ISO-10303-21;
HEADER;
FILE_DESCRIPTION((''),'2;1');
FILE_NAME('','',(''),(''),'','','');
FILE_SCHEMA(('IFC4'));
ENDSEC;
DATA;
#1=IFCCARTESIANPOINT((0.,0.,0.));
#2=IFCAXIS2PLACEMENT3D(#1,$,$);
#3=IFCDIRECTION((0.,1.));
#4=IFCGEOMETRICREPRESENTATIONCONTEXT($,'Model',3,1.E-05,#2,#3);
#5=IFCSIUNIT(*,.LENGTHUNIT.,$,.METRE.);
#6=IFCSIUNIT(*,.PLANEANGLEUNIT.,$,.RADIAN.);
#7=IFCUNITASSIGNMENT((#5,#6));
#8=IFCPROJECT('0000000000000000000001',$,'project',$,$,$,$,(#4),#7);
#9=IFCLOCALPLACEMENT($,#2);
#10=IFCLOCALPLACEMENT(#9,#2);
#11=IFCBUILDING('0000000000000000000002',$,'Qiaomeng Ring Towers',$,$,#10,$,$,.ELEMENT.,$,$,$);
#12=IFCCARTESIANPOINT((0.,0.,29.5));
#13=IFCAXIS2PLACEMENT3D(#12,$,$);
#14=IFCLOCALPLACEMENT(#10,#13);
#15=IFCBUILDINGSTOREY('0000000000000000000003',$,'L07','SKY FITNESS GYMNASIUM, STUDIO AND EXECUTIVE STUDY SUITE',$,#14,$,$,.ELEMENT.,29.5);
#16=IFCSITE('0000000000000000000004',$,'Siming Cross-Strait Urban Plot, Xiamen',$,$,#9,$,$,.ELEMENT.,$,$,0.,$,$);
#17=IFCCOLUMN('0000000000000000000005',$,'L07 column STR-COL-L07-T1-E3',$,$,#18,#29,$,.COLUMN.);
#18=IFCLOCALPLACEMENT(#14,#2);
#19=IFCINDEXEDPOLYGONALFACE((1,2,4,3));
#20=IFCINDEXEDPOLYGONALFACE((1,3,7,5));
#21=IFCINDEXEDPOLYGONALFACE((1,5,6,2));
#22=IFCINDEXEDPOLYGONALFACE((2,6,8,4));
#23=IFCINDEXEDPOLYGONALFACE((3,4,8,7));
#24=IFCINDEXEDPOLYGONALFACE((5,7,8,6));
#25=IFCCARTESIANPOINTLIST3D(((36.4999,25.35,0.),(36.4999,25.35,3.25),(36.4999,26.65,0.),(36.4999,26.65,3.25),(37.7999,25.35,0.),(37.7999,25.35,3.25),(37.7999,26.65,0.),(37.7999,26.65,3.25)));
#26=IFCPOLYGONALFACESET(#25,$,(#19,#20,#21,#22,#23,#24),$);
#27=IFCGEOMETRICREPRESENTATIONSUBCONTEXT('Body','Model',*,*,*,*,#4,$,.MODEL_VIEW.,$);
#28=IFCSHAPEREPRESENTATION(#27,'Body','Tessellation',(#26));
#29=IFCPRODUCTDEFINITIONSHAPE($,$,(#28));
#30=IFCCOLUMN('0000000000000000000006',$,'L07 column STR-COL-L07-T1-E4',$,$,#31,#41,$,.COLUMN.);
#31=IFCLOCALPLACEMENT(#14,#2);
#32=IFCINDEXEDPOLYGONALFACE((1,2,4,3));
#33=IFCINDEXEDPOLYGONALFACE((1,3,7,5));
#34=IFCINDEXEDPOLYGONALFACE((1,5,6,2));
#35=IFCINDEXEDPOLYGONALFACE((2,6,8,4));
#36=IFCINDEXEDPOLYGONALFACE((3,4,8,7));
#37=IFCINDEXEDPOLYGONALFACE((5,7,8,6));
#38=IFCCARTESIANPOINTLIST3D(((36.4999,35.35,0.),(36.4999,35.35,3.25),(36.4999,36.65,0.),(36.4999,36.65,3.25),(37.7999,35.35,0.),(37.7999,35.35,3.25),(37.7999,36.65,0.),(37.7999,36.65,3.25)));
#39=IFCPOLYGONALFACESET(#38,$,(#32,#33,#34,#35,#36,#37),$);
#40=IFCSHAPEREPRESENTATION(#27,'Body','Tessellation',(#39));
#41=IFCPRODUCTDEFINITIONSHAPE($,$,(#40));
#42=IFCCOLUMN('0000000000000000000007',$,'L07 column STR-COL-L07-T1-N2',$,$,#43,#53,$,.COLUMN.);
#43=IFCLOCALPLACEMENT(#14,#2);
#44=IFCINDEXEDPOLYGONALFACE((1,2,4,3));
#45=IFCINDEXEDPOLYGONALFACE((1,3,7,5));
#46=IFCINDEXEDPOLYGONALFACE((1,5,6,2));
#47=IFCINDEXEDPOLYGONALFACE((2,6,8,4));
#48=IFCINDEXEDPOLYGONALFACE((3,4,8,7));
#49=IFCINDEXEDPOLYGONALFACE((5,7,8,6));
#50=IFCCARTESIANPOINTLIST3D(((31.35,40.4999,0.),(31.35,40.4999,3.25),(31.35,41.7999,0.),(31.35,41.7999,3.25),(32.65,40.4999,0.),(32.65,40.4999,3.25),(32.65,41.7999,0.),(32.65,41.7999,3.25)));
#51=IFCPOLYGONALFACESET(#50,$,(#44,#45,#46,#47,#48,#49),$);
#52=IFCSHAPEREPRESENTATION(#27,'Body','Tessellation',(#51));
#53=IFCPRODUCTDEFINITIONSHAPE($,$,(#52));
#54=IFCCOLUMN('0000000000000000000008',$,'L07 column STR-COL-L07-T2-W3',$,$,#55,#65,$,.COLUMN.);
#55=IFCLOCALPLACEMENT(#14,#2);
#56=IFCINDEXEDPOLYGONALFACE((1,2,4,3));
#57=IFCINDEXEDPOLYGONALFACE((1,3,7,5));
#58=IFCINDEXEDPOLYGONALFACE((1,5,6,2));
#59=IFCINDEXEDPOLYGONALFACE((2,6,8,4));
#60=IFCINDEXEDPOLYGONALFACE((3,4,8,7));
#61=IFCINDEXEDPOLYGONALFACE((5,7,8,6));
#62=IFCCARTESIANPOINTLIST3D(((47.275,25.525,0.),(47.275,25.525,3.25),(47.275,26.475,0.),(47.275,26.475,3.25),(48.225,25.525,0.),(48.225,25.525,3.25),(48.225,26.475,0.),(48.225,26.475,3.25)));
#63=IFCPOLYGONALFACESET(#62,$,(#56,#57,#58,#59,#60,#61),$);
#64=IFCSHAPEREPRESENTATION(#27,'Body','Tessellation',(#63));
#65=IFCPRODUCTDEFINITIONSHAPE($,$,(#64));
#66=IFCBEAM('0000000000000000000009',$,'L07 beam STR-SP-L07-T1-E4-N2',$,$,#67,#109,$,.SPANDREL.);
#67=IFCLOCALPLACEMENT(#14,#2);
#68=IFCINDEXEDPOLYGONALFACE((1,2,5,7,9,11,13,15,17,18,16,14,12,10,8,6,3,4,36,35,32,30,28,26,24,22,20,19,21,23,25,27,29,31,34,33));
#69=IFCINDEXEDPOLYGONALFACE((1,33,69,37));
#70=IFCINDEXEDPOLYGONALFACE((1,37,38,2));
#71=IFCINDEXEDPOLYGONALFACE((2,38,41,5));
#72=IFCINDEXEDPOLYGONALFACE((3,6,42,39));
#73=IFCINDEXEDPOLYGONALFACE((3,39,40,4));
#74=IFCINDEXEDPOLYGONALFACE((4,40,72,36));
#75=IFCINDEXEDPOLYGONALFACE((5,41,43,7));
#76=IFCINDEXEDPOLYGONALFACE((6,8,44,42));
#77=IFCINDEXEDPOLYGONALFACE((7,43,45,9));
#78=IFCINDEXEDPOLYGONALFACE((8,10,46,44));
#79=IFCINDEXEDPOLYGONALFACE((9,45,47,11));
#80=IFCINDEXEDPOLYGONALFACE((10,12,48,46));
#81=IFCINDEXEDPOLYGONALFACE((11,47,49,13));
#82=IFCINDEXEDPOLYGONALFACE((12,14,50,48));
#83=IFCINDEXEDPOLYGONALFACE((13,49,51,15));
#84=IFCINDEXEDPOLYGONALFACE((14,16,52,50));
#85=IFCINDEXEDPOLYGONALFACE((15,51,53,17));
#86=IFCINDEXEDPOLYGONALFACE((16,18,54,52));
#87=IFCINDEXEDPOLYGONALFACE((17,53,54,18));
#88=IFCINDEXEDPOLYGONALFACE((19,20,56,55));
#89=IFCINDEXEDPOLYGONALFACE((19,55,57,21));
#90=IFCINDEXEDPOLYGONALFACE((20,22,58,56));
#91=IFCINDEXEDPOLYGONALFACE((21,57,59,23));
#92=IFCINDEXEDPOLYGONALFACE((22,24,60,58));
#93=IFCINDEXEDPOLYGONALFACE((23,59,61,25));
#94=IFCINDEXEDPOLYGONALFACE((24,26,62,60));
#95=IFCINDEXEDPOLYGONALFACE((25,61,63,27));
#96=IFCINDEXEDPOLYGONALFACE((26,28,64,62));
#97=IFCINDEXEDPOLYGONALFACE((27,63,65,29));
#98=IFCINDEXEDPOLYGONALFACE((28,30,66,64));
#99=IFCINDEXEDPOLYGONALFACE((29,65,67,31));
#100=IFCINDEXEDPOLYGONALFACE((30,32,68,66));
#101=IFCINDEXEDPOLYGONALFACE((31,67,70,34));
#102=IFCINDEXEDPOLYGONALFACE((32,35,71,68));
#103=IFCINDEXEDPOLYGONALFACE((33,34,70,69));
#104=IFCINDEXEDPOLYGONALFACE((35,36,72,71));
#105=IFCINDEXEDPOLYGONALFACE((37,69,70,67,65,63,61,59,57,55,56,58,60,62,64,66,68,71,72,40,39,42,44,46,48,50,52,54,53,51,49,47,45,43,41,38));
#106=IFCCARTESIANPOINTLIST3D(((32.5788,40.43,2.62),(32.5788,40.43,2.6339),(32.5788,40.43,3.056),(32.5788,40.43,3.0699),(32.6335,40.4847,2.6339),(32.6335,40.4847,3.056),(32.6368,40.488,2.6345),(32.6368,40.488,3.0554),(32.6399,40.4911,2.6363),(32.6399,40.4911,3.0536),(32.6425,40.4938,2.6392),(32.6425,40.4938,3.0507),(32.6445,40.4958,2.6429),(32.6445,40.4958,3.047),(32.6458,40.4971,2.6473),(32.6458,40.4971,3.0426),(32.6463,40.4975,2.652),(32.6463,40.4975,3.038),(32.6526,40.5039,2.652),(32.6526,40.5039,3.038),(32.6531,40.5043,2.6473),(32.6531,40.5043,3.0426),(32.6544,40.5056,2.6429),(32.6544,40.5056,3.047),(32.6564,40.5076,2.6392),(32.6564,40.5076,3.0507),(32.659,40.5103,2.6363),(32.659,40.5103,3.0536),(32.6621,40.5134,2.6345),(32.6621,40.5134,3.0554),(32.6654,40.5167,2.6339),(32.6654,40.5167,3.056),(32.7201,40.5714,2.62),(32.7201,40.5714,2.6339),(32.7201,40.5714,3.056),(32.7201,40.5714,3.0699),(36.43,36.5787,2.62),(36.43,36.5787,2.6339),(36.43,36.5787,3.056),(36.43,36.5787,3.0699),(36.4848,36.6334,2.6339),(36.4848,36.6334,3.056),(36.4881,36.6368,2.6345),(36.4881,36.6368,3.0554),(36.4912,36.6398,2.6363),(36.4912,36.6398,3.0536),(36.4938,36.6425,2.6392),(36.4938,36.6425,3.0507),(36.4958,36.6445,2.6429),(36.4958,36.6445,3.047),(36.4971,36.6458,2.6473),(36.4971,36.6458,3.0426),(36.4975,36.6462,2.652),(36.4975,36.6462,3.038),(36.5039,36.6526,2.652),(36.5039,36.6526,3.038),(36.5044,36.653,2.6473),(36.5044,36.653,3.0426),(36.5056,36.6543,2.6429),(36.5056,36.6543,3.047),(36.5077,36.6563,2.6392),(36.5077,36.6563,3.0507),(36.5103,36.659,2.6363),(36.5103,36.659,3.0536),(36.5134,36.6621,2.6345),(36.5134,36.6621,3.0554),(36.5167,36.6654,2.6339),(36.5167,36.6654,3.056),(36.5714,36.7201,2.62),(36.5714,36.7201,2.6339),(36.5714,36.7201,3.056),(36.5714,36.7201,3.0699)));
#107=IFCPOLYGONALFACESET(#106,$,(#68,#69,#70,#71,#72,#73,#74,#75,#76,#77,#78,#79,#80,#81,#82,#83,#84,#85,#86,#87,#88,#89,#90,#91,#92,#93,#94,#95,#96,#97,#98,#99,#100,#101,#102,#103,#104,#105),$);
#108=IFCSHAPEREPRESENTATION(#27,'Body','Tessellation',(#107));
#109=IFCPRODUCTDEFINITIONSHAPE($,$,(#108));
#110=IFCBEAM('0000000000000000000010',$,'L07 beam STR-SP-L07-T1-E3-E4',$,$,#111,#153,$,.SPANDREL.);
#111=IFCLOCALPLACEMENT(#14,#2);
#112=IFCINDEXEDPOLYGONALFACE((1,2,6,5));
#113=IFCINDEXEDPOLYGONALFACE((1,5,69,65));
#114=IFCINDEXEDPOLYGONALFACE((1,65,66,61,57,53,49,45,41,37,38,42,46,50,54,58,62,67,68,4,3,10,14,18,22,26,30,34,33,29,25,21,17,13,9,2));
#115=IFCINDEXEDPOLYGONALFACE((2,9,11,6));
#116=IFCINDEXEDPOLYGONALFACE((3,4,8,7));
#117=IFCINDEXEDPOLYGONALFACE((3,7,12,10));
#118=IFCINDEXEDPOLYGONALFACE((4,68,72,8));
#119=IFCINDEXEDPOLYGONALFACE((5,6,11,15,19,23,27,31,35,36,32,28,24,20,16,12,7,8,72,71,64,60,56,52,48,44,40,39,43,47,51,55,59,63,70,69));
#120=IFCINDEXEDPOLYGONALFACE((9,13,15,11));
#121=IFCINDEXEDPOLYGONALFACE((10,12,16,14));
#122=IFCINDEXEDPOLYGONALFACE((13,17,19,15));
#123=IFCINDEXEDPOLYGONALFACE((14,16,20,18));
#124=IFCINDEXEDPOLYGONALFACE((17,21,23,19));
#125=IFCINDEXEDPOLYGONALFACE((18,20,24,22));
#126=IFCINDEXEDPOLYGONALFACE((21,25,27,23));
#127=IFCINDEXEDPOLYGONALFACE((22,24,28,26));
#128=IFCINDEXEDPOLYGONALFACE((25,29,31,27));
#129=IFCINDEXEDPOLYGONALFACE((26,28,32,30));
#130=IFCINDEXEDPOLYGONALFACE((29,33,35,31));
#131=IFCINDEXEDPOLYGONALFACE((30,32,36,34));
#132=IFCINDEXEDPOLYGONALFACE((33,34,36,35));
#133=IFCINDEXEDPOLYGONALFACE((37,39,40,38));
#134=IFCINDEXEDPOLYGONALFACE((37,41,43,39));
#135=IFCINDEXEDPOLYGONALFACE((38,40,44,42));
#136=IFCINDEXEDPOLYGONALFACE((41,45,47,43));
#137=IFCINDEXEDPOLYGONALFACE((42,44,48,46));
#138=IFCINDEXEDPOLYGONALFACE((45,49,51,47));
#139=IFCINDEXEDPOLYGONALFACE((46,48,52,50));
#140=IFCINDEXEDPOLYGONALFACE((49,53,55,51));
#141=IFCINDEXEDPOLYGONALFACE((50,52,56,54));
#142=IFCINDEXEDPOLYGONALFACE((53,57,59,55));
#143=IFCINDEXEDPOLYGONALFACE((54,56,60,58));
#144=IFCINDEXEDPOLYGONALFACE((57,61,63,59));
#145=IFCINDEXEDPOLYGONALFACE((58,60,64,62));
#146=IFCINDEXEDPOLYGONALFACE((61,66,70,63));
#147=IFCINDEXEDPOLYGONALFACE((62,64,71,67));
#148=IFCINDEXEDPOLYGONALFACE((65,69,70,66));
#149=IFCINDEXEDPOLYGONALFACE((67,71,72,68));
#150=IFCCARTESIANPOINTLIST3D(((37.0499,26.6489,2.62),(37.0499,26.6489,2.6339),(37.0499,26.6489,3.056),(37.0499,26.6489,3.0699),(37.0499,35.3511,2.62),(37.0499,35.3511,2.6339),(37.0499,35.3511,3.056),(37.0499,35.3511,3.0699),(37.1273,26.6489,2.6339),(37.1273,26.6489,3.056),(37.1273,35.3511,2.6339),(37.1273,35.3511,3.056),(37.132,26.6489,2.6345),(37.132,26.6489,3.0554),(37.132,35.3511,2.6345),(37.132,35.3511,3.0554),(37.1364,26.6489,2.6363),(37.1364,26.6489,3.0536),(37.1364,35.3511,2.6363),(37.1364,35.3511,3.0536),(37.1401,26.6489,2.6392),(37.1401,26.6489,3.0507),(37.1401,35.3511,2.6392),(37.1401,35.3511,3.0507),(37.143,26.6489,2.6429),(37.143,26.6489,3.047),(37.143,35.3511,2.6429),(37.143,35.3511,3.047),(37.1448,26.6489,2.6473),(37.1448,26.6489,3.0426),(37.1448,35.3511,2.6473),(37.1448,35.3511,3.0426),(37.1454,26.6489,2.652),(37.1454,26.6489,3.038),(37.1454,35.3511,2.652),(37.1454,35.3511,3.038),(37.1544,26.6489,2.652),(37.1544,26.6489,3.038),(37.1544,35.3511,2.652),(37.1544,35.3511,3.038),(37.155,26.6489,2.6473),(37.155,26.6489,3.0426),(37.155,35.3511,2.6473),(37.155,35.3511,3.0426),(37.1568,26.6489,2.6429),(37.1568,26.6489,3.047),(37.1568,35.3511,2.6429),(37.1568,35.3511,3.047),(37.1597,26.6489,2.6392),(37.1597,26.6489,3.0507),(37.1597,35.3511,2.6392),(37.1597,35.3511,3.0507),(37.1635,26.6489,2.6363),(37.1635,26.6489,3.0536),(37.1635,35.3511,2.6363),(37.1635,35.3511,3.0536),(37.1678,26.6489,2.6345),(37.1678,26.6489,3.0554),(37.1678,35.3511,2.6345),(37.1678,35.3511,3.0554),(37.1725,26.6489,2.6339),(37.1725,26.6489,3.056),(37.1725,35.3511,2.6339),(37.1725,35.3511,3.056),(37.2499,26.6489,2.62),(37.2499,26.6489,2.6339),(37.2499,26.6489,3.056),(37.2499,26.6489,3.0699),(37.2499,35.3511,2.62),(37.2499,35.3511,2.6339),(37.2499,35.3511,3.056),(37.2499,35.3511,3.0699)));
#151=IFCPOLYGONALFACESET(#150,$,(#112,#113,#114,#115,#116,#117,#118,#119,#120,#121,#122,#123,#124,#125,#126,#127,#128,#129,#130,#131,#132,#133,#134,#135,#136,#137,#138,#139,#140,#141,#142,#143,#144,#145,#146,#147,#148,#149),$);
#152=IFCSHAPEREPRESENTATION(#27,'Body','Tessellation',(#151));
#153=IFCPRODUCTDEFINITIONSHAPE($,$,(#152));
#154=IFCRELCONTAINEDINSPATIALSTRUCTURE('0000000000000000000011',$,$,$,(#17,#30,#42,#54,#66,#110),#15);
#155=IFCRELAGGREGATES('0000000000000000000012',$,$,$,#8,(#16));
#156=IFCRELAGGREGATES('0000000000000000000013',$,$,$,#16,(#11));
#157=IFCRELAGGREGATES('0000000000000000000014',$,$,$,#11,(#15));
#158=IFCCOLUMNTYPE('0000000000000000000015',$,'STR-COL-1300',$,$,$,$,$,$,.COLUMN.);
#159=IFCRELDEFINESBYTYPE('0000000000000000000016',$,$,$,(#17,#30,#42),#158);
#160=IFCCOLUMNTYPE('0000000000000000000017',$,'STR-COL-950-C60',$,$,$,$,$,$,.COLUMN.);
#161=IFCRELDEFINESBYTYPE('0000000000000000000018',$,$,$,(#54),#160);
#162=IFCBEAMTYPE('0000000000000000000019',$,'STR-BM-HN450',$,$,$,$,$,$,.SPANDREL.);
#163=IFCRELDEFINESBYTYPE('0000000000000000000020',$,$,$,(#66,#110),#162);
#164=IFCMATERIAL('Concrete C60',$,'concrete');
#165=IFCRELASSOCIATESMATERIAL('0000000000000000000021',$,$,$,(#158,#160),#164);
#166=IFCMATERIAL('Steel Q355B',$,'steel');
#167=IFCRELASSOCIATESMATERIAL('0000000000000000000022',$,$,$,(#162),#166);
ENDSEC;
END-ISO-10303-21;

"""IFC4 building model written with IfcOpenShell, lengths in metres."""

from ifc_helpers import new_model, si_unit, direction, frame, origin, origin_2d, place, context, subcontext, project, spatial, rectangle, i_section, extrude, source, transform, mapped, material, material_profile, profile_set, type_object, element, save


model = new_model("IFC4")

# Units and contexts
model_context = context("Model", 3, precision=1e-05, world=origin(), true_north=direction((0.0, 1.0)))
body_context = subcontext(model_context, "Body", "Model", "MODEL_VIEW")
ifc_project = project(units=[si_unit("LENGTHUNIT", "METRE"), si_unit("PLANEANGLEUNIT", "RADIAN")], contexts=[model_context])

# Site, building, storey
site_placement = place(None, origin())
site = spatial("IfcSite", under=ifc_project, at=site_placement, Name="Siming Cross-Strait Urban Plot, Xiamen", CompositionType="ELEMENT", RefElevation=0.0)
building_placement = place(site_placement, origin())
building = spatial("IfcBuilding", under=site, at=building_placement, Name="Qiaomeng Ring Towers", CompositionType="ELEMENT")
storey_placement = place(building_placement, frame((0.0, 0.0, 29.5)))
storey = spatial("IfcBuildingStorey", under=building, at=storey_placement, Name="L07", Description="SKY FITNESS GYMNASIUM, STUDIO AND EXECUTIVE STUDY SUITE", CompositionType="ELEMENT", Elevation=29.5)

# Columns
ifc_material_1 = material(Name="Concrete C60", Category="concrete")
ifc_material_profile_1 = material_profile(ifc_material_1, rectangle(XDim=1.3, YDim=1.3, at=origin_2d()), Name="RC COL 1300x1300")
ifc_profile_set_1 = profile_set([ifc_material_profile_1], Name="Concrete C60")
column_type_1 = type_object("IfcColumnType", Name="STR-COL-1300", PredefinedType="COLUMN", material=ifc_profile_set_1)
shared_shape_1 = source(origin(), body_context, "Body", "SweptSolid", [
    extrude(rectangle(XDim=1.3, YDim=1.3, at=origin_2d()), origin(), (0.0, 0.0, 1.0), 3.25),
])
for number, where, z_axis, x_axis, name in (
    (1, (37.1499, 26.0, 0.0), (0.0, 0.0, 1.0), (1.0, 0.0, 0.0), "L07 column STR-COL-L07-T1-E3"),
    (2, (37.1499, 36.0, 0.0), (0.0, 0.0, 1.0), (1.0, 0.0, 0.0), "L07 column STR-COL-L07-T1-E4"),
    (3, (32.0, 41.1499, 0.0), (0.0, 0.0, 1.0), (1.0, 0.0, 0.0), "L07 column STR-COL-L07-T1-N2"),
):
    element("IfcColumn", number, at=place(storey_placement, frame(where, z_axis=z_axis, x_axis=x_axis)), inside=storey, type_object=column_type_1, Name=name, PredefinedType="COLUMN", context=body_context, shape_type="MappedRepresentation", body=[
        mapped(shared_shape_1, transform((0.0, 0.0, 0.0), x_axis=(1.0, 0.0, 0.0), y_axis=(0.0, 1.0, 0.0), z_axis=(0.0, 0.0, 1.0), scale=1.0)),
    ])
ifc_material_profile_2 = material_profile(ifc_material_1, rectangle(XDim=0.95, YDim=0.95, at=origin_2d()), Name="RC COL 950x950")
ifc_profile_set_2 = profile_set([ifc_material_profile_2], Name="Concrete C60")
column_type_2 = type_object("IfcColumnType", Name="STR-COL-950-C60", PredefinedType="COLUMN", material=ifc_profile_set_2)
shared_shape_2 = source(origin(), body_context, "Body", "SweptSolid", [
    extrude(rectangle(XDim=0.95, YDim=0.95, at=origin_2d()), origin(), (0.0, 0.0, 1.0), 3.25),
])
column_placement = place(storey_placement, frame((47.75, 26.0, 0.0), z_axis=(0.0, 0.0, 1.0), x_axis=(1.0, 0.0, 0.0)))
element("IfcColumn", 4, at=column_placement, inside=storey, type_object=column_type_2, Name="L07 column STR-COL-L07-T2-W3", PredefinedType="COLUMN", context=body_context, shape_type="MappedRepresentation", body=[
    mapped(shared_shape_2, transform((0.0, 0.0, 0.0), x_axis=(1.0, 0.0, 0.0), y_axis=(0.0, 1.0, 0.0), z_axis=(0.0, 0.0, 1.0), scale=1.0)),
])

# Beams
ifc_material_2 = material(Name="Steel Q355B", Category="steel")
ifc_material_profile_3 = material_profile(ifc_material_2, i_section(OverallWidth=0.2, OverallDepth=0.45, WebThickness=0.009, FlangeThickness=0.0139, FilletRadius=0.0181, at=origin_2d()), Name="HN 450x200x9x14")
ifc_profile_set_3 = profile_set([ifc_material_profile_3], Name="Steel Q355B")
beam_type_1 = type_object("IfcBeamType", Name="STR-BM-HN450", PredefinedType="SPANDREL", material=ifc_profile_set_3)
shared_shape_3 = source(origin(), body_context, "Body", "SweptSolid", [
    extrude(i_section(OverallWidth=0.2, OverallDepth=0.45, WebThickness=0.009, FlangeThickness=0.0139, FilletRadius=0.0181, at=origin_2d()), origin(), (0.0, 0.0, 1.0), 5.4465),
])
beam_1_placement = place(storey_placement, frame((36.5007, 36.6494, 2.845), z_axis=(-0.707107, 0.707107, 0.0), x_axis=(-0.707107, -0.707107, 0.0)))
element("IfcBeam", 5, at=beam_1_placement, inside=storey, type_object=beam_type_1, Name="L07 beam STR-SP-L07-T1-E4-N2", PredefinedType="SPANDREL", context=body_context, shape_type="MappedRepresentation", body=[
    mapped(shared_shape_3, transform((0.0, 0.0, 0.0), x_axis=(1.0, 0.0, 0.0), y_axis=(0.0, 1.0, 0.0), z_axis=(0.0, 0.0, 1.0), scale=1.0)),
])
shared_shape_4 = source(origin(), body_context, "Body", "SweptSolid", [
    extrude(i_section(OverallWidth=0.2, OverallDepth=0.45, WebThickness=0.009, FlangeThickness=0.0139, FilletRadius=0.0181, at=origin_2d()), origin(), (0.0, 0.0, 1.0), 8.7021),
])
beam_2_placement = place(storey_placement, frame((37.1499, 26.6489, 2.845), z_axis=(0.0, 1.0, 0.0), x_axis=(-1.0, 0.0, 0.0)))
element("IfcBeam", 6, at=beam_2_placement, inside=storey, type_object=beam_type_1, Name="L07 beam STR-SP-L07-T1-E3-E4", PredefinedType="SPANDREL", context=body_context, shape_type="MappedRepresentation", body=[
    mapped(shared_shape_4, transform((0.0, 0.0, 0.0), x_axis=(1.0, 0.0, 0.0), y_axis=(0.0, 1.0, 0.0), z_axis=(0.0, 0.0, 1.0), scale=1.0)),
])

save(model, "model.ifc")
